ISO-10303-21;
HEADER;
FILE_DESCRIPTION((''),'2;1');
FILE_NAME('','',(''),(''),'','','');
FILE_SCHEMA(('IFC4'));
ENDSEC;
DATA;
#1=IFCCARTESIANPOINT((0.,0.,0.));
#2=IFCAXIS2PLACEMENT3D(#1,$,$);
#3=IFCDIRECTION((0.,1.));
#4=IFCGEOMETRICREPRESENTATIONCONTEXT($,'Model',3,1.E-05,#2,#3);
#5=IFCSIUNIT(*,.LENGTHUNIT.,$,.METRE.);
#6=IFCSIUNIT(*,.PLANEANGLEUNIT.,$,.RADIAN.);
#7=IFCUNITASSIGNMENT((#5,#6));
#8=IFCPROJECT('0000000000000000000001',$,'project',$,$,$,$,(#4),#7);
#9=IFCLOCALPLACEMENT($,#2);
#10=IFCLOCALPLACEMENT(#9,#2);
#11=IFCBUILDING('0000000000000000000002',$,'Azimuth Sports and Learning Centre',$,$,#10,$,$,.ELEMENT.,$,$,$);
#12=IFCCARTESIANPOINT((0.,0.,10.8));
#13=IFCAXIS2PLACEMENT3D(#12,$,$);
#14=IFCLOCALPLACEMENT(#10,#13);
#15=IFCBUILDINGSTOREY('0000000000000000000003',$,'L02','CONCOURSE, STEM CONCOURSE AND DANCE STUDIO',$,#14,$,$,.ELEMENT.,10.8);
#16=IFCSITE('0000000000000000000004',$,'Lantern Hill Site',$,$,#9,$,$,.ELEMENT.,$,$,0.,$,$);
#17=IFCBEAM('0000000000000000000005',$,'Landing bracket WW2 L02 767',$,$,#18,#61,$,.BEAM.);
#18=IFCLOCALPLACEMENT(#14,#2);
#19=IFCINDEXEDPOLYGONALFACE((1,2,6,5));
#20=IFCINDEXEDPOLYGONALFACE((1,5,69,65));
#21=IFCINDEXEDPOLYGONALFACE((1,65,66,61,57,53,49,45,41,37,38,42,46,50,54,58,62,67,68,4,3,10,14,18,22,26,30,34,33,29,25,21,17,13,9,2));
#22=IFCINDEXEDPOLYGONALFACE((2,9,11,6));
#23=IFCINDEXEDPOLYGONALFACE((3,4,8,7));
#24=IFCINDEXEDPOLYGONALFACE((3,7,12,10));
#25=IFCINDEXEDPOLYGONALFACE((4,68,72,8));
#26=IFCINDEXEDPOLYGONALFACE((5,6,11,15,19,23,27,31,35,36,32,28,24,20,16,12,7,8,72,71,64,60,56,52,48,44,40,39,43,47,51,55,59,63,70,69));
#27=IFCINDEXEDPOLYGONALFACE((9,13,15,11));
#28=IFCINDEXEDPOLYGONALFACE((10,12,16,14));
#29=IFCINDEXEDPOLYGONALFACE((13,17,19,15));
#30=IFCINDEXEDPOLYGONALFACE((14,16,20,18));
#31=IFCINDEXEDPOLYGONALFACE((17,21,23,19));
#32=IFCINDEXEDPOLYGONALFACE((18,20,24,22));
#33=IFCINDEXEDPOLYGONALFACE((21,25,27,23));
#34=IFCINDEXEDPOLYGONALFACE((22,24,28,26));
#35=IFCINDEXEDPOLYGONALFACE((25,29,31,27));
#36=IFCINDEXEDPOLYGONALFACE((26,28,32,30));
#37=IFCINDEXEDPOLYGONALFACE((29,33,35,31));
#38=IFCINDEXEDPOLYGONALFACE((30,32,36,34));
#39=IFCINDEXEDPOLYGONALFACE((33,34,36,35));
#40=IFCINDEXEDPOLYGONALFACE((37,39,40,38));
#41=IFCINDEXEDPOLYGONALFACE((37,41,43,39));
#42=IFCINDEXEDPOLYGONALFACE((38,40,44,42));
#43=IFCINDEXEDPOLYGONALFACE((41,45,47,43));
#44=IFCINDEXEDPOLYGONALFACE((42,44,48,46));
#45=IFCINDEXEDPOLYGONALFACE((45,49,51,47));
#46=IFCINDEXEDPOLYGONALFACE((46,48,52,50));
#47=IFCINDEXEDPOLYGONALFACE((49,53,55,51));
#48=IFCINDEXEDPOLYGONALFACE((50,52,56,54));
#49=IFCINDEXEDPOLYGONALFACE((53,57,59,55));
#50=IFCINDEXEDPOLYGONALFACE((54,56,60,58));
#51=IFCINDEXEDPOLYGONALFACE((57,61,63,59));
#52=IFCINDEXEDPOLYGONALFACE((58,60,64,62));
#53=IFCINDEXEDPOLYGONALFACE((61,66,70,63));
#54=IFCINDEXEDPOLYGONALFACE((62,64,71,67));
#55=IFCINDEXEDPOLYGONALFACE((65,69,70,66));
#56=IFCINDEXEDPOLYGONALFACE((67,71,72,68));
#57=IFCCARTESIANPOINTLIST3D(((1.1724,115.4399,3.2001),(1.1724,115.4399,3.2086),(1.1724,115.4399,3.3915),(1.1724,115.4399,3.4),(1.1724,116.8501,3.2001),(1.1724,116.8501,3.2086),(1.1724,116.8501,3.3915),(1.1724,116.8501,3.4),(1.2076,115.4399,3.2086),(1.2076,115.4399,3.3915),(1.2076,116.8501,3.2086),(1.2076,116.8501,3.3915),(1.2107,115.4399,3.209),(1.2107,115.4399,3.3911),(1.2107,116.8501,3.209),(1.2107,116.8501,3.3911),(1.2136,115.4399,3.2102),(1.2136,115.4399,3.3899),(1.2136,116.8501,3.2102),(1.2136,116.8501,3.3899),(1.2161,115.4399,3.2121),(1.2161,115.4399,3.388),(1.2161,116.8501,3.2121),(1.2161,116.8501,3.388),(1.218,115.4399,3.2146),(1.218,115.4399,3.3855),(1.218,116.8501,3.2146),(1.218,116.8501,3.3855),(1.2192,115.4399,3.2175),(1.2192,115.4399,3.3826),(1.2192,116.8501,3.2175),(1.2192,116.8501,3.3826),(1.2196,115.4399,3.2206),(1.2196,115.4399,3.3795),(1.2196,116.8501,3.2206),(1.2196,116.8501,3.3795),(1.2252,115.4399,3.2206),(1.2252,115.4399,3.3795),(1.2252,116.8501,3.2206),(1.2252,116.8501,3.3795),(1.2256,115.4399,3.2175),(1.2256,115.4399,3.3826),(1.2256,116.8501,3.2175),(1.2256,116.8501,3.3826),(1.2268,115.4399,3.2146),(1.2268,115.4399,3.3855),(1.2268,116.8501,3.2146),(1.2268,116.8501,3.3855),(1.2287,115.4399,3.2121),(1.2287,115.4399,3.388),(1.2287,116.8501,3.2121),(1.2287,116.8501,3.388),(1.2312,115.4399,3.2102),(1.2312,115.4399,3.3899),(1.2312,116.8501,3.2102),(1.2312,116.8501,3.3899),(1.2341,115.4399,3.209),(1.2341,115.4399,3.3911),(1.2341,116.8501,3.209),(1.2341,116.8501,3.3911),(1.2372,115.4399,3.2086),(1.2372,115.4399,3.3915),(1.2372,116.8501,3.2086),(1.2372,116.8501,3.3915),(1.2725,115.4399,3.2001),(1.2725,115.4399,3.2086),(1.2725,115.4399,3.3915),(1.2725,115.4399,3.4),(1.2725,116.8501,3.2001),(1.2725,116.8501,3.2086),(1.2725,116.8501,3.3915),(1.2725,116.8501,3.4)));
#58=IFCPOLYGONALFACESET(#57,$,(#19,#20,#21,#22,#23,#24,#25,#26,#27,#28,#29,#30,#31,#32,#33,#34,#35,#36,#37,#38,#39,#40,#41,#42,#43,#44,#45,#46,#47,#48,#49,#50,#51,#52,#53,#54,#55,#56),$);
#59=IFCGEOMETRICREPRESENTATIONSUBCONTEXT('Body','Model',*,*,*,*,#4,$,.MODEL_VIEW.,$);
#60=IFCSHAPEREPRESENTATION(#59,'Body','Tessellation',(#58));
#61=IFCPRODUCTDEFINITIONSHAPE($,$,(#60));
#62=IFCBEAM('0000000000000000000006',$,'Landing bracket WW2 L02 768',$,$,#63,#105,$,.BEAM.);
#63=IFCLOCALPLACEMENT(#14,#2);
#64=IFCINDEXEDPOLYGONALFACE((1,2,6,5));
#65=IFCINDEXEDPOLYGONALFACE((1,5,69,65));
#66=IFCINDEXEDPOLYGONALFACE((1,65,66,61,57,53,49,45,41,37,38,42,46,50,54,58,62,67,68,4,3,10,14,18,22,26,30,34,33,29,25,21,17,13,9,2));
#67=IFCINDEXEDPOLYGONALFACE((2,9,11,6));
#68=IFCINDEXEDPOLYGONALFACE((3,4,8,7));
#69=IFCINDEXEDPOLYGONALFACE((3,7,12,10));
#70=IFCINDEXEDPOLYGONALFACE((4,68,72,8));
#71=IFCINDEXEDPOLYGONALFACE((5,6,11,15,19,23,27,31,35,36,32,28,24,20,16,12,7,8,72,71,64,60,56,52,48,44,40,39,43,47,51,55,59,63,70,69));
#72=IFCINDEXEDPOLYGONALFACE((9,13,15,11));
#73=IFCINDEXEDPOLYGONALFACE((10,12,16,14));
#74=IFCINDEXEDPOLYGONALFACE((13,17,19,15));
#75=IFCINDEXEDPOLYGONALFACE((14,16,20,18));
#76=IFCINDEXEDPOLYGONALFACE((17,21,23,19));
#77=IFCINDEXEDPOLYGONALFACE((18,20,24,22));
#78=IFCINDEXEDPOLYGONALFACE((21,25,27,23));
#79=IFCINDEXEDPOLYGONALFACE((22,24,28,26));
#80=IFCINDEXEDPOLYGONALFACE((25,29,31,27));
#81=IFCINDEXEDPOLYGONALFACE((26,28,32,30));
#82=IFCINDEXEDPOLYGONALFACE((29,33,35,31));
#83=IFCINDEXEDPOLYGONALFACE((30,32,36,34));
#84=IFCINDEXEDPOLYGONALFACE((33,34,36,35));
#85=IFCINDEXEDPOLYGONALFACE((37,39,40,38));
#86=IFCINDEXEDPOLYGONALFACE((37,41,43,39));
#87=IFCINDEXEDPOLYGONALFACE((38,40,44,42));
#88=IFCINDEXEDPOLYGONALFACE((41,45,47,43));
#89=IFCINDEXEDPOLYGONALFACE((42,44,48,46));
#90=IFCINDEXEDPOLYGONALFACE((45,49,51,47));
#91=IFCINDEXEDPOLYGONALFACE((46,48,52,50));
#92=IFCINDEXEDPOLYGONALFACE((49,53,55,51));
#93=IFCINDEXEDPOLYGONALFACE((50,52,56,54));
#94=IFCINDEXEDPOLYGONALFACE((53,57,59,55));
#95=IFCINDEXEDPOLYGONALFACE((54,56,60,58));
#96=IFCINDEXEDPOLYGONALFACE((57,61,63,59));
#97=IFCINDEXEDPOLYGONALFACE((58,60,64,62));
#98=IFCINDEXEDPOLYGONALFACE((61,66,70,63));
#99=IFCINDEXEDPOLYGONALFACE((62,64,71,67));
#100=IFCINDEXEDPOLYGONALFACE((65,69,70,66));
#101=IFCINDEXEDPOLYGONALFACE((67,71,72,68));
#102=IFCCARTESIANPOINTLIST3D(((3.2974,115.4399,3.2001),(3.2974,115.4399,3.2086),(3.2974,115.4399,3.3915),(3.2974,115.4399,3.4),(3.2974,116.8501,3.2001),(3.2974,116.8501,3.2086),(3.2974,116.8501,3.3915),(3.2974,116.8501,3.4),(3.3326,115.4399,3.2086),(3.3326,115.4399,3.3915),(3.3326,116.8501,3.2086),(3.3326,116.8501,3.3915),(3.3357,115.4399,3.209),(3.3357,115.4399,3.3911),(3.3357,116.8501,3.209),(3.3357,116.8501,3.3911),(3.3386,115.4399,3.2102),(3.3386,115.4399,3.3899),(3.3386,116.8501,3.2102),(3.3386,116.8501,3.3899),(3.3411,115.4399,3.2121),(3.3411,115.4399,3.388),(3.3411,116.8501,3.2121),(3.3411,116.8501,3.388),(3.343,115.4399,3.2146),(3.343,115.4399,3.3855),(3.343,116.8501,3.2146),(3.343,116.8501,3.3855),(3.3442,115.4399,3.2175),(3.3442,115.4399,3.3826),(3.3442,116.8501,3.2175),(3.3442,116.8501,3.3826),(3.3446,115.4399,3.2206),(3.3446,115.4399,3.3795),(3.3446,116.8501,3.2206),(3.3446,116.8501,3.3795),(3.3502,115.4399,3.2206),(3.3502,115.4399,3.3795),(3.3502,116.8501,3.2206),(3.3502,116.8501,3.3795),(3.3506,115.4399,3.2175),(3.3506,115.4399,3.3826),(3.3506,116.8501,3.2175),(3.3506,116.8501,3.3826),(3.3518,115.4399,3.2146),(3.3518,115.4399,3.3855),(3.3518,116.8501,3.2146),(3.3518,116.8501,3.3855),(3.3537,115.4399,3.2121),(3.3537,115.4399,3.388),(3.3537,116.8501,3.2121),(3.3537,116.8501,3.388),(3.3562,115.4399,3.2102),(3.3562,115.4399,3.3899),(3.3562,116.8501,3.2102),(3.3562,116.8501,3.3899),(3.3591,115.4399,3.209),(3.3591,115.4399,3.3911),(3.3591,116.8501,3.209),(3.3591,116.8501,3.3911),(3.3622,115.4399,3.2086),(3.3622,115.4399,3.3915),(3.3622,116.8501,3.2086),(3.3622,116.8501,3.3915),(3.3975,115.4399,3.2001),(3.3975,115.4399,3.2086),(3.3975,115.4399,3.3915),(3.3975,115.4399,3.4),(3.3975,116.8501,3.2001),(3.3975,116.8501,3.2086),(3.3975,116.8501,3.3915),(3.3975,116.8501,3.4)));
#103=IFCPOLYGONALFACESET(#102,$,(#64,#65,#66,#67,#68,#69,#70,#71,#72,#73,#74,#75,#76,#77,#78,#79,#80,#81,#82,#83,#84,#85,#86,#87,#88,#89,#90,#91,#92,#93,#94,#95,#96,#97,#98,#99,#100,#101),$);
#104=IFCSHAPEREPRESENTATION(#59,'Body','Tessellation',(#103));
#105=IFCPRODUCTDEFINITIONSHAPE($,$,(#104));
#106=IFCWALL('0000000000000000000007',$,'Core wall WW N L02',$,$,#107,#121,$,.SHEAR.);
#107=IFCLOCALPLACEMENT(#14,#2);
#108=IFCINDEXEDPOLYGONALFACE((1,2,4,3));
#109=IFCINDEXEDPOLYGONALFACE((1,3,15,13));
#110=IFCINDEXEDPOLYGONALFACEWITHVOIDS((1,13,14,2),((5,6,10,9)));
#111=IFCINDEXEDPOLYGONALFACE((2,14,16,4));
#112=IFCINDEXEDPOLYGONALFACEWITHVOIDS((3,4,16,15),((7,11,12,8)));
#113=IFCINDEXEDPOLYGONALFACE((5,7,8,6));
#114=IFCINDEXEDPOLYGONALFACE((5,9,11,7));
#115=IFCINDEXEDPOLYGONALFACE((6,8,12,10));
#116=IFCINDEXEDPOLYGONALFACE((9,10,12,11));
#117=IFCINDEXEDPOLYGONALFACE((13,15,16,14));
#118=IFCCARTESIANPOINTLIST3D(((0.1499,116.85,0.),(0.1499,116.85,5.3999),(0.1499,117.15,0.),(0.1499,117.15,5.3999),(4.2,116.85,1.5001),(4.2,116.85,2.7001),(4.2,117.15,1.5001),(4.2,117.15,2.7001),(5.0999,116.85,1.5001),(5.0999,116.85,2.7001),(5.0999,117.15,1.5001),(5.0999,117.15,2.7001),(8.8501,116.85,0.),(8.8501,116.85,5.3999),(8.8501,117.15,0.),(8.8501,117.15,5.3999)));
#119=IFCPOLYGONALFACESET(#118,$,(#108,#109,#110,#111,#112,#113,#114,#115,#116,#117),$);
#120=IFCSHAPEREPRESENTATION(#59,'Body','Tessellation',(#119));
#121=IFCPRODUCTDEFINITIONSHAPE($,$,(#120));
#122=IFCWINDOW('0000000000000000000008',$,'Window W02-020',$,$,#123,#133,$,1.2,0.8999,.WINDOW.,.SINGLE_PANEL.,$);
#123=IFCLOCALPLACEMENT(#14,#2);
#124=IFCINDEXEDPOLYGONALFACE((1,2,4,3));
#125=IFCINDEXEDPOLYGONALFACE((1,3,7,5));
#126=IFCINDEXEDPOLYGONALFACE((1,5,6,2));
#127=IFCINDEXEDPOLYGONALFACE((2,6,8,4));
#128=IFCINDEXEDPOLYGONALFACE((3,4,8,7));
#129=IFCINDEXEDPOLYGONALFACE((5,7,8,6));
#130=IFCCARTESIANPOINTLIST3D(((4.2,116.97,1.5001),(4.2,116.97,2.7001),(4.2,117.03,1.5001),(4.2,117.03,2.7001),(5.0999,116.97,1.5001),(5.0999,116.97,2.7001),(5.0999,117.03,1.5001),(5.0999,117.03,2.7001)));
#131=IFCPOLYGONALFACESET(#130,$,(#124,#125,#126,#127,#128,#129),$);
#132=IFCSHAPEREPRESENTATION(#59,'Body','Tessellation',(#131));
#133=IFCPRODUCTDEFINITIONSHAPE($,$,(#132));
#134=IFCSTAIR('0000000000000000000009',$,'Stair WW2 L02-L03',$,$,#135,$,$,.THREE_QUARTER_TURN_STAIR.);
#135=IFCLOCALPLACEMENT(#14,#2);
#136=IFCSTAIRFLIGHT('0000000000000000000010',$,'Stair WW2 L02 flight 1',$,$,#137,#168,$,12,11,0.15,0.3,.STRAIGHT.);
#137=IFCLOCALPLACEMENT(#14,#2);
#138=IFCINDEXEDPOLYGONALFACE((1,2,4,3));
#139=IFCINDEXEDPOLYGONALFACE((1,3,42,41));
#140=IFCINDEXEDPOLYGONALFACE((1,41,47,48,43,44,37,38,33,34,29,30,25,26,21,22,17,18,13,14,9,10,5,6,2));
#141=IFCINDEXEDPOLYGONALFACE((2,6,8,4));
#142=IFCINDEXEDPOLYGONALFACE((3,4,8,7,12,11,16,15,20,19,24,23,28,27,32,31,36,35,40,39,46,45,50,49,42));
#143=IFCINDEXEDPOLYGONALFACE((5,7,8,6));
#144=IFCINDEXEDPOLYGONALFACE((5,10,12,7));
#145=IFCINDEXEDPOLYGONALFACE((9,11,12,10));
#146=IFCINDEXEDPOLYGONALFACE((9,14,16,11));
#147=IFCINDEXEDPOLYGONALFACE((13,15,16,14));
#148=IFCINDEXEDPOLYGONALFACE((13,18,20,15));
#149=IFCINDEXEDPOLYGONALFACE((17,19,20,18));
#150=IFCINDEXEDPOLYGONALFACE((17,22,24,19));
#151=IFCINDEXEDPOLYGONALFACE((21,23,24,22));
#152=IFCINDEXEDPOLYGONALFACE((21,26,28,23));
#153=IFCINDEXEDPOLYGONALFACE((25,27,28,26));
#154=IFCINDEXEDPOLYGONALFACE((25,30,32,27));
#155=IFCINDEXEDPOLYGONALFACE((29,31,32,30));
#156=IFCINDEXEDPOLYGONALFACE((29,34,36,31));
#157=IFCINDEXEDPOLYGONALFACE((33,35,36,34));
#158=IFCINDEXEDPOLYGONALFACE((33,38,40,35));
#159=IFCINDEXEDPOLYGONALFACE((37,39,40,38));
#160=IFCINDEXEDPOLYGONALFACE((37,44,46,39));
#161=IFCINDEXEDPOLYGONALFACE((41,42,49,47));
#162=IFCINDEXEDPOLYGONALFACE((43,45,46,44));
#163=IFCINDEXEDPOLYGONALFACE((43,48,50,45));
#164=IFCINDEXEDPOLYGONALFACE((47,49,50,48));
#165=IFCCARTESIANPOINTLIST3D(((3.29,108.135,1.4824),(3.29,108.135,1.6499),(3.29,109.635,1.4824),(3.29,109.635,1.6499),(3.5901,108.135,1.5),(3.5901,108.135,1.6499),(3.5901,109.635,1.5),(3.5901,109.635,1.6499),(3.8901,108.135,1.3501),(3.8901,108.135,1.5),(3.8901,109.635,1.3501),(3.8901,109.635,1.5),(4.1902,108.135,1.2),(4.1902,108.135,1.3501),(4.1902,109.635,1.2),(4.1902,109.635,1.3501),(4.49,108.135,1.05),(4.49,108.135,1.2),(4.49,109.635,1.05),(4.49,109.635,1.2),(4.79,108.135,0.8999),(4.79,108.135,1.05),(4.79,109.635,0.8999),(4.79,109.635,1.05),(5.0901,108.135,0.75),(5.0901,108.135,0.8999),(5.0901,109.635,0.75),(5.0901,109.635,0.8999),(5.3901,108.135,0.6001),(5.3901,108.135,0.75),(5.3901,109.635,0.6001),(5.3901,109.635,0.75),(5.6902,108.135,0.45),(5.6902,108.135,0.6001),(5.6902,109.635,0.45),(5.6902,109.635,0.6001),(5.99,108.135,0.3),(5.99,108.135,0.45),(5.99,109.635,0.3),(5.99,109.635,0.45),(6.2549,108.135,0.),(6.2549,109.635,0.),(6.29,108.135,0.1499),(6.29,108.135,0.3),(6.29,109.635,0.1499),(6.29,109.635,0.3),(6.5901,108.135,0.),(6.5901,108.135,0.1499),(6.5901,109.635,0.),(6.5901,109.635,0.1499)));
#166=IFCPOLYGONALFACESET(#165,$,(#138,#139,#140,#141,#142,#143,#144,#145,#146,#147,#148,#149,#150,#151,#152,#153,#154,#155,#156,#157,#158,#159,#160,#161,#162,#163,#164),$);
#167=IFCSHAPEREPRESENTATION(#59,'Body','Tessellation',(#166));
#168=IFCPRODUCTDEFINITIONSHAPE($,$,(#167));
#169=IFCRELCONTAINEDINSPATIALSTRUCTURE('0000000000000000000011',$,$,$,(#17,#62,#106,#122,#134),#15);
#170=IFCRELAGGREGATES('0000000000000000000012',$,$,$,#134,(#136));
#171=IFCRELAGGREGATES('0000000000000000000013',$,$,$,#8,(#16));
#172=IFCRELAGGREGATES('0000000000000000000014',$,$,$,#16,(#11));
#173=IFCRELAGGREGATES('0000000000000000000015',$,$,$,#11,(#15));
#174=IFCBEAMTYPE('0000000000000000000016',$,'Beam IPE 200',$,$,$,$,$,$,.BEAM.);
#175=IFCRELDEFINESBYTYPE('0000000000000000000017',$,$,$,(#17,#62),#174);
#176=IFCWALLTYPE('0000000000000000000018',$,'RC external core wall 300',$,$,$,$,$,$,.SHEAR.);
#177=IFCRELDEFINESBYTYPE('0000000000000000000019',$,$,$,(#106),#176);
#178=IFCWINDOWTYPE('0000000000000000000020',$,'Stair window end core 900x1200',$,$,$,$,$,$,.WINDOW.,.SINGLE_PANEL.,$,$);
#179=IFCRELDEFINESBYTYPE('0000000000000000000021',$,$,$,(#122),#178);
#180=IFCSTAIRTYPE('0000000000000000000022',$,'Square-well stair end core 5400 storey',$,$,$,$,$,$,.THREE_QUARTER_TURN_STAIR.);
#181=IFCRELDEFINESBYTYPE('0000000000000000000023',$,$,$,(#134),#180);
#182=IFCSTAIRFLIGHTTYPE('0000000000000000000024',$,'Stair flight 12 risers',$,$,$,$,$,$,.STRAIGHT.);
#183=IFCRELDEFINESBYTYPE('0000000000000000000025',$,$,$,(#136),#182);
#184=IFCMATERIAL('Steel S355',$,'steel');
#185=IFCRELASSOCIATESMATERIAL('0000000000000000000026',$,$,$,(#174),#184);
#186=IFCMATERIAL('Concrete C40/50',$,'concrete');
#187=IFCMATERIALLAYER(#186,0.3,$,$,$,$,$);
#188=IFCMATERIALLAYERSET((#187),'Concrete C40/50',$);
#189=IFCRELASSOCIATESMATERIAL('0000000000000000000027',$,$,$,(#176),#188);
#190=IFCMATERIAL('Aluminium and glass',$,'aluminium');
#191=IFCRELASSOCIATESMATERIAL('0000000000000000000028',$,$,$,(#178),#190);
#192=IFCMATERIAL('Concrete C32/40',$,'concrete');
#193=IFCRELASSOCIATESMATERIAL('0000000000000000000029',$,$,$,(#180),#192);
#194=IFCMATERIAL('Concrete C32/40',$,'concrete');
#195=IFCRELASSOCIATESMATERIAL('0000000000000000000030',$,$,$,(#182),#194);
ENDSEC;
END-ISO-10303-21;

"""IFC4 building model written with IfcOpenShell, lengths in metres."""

from ifc_helpers import new_model, si_unit, direction, frame, frame_2d, origin, origin_2d, place, context, subcontext, project, spatial, polyline, rectangle, i_section, outline, extrude, material, layer, layer_set, material_profile, profile_set, type_object, element, fill, aggregate, save


model = new_model("IFC4")

# Units and contexts
model_context = context("Model", 3, precision=1e-05, world=origin(), true_north=direction((0.0, 1.0)))
body_context = subcontext(model_context, "Body", "Model", "MODEL_VIEW")
ifc_project = project(units=[si_unit("LENGTHUNIT", "METRE"), si_unit("PLANEANGLEUNIT", "RADIAN")], contexts=[model_context])

# Site, building, storey
site_placement = place(None, origin())
site = spatial("IfcSite", under=ifc_project, at=site_placement, Name="Lantern Hill Site", CompositionType="ELEMENT", RefElevation=0.0)
building_placement = place(site_placement, origin())
building = spatial("IfcBuilding", under=site, at=building_placement, Name="Azimuth Sports and Learning Centre", CompositionType="ELEMENT")
storey_placement = place(building_placement, frame((0.0, 0.0, 10.8)))
storey = spatial("IfcBuildingStorey", under=building, at=storey_placement, Name="L02", Description="CONCOURSE, STEM CONCOURSE AND DANCE STUDIO", CompositionType="ELEMENT", Elevation=10.8)

# Beams
ifc_material_1 = material(Name="Steel S355", Category="steel")
ifc_material_profile = material_profile(ifc_material_1, i_section(OverallWidth=0.1001, OverallDepth=0.2, WebThickness=0.0056, FlangeThickness=0.0085, FilletRadius=0.012, at=origin_2d()), Name="IPE 200")
ifc_profile_set = profile_set([ifc_material_profile], Name="Steel S355")
beam_type = type_object("IfcBeamType", Name="Beam IPE 200", PredefinedType="BEAM", material=ifc_profile_set)
for number, where, z_axis, x_axis, name in (
    (1, (1.2224, 116.8501, 3.3), (0.0, -1.0, 0.0), (1.0, 0.0, 0.0), "Landing bracket WW2 L02 767"),
    (2, (3.3474, 116.8501, 3.3), (0.0, -1.0, 0.0), (1.0, 0.0, 0.0), "Landing bracket WW2 L02 768"),
):
    element("IfcBeam", number, at=place(storey_placement, frame(where, z_axis=z_axis, x_axis=x_axis)), inside=storey, type_object=beam_type, Name=name, PredefinedType="BEAM", context=body_context, shape_type="SweptSolid", body=[
        extrude(i_section(OverallWidth=0.1001, OverallDepth=0.2, WebThickness=0.0056, FlangeThickness=0.0085, FilletRadius=0.012, at=origin_2d()), origin(), (0.0, 0.0, 1.0), 1.4102),
    ])

# Wall, opening, window
ifc_material_2 = material(Name="Concrete C40/50", Category="concrete")
ifc_layer_1 = layer(ifc_material_2, 0.3)
ifc_layer_set_1 = layer_set([ifc_layer_1], Name="Concrete C40/50")
wall_type = type_object("IfcWallType", Name="RC external core wall 300", PredefinedType="SHEAR", material=ifc_layer_set_1)
wall_placement = place(storey_placement, frame((0.1499, 117.0, 0.0), z_axis=(0.0, 0.0, 1.0), x_axis=(1.0, 0.0, 0.0)))
wall = element("IfcWall", 3, at=wall_placement, inside=storey, type_object=wall_type, Name="Core wall WW N L02", PredefinedType="SHEAR", context=body_context, shape_type="SweptSolid", body=[
    extrude(rectangle(XDim=8.7002, YDim=0.3, at=frame_2d((4.3501, 0.0))), origin(), (0.0, 0.0, 1.0), 5.3999),
])
opening_placement = place(wall_placement, frame((4.05, 0.0, 1.5)))
opening = element("IfcOpeningElement", 4, at=opening_placement, cuts=wall, PredefinedType="OPENING", context=body_context, shape_type="SweptSolid", body=[
    extrude(rectangle(XDim=0.8999, YDim=1.2, at=frame_2d((0.45, 0.6001))), frame((0.0, 0.1611, 0.0), z_axis=(0.0, -1.0, 0.0), x_axis=(1.0, 0.0, 0.0)), (0.0, 0.0, 1.0), 0.322),
])
ifc_material_3 = material(Name="Aluminium and glass", Category="aluminium")
window_type = type_object("IfcWindowType", Name="Stair window end core 900x1200", PartitioningType="SINGLE_PANEL", PredefinedType="WINDOW", material=ifc_material_3)
window_placement = place(opening_placement, origin())
window = element("IfcWindow", 5, at=window_placement, inside=storey, type_object=window_type, Name="Window W02-020", OverallHeight=1.2, OverallWidth=0.8999, PartitioningType="SINGLE_PANEL", PredefinedType="WINDOW", context=body_context, shape_type="SweptSolid", body=[
    extrude(rectangle(XDim=0.8999, YDim=1.2, at=frame_2d((0.45, 0.6001))), frame((0.0, 0.03, 0.0), z_axis=(0.0, -1.0, 0.0), x_axis=(1.0, 0.0, 0.0)), (0.0, 0.0, 1.0), 0.0601),
])
fill(opening, window)

# Stair, stair flight
ifc_material_4 = material(Name="Concrete C32/40", Category="concrete")
stair_type = type_object("IfcStairType", Name="Square-well stair end core 5400 storey", PredefinedType="THREE_QUARTER_TURN_STAIR", material=ifc_material_4)
stair_placement = place(storey_placement, origin())
stair = element("IfcStair", 6, at=stair_placement, inside=storey, type_object=stair_type, Name="Stair WW2 L02-L03", PredefinedType="THREE_QUARTER_TURN_STAIR")
ifc_material_5 = material(Name="Concrete C32/40", Category="concrete")
stair_flight_type = type_object("IfcStairFlightType", Name="Stair flight 12 risers", PredefinedType="STRAIGHT", material=ifc_material_5)
stair_flight_1_placement = place(storey_placement, frame((6.5901, 108.885, 0.0), z_axis=(0.0, 0.0, 1.0), x_axis=(-1.0, 0.0, 0.0)))
stair_flight_1 = element("IfcStairFlight", 7, at=stair_flight_1_placement, type_object=stair_flight_type, Name="Stair WW2 L02 flight 1", NumberOfRisers=12, NumberOfTreads=11, PredefinedType="STRAIGHT", RiserHeight=0.15, TreadLength=0.3, context=body_context, shape_type="SweptSolid", body=[
    extrude(outline(polyline([(0.0, 0.0), (0.0, 0.1499), (0.3, 0.1499), (0.3, 0.3), (0.6001, 0.3), (0.6001, 0.45), (0.8999, 0.45), (0.8999, 0.6001), (1.2, 0.6001), (1.2, 0.75), (1.5, 0.75), (1.5, 0.8999), (1.8, 0.8999), (1.8, 1.05), (2.1001, 1.05), (2.1001, 1.2), (2.3999, 1.2), (2.3999, 1.3501), (2.7, 1.3501), (2.7, 1.5), (3.0, 1.5), (3.0, 1.6499), (3.3, 1.6499), (3.3, 1.8), (3.3, 1.4824), (0.3352, 0.0), (0.0, 0.0)])), frame((0.0, 0.75, 0.0), z_axis=(0.0, -1.0, 0.0), x_axis=(1.0, 0.0, 0.0)), (0.0, 0.0, 1.0), 1.5),
])
aggregate(stair, [stair_flight_1])

save(model, "model.ifc")
